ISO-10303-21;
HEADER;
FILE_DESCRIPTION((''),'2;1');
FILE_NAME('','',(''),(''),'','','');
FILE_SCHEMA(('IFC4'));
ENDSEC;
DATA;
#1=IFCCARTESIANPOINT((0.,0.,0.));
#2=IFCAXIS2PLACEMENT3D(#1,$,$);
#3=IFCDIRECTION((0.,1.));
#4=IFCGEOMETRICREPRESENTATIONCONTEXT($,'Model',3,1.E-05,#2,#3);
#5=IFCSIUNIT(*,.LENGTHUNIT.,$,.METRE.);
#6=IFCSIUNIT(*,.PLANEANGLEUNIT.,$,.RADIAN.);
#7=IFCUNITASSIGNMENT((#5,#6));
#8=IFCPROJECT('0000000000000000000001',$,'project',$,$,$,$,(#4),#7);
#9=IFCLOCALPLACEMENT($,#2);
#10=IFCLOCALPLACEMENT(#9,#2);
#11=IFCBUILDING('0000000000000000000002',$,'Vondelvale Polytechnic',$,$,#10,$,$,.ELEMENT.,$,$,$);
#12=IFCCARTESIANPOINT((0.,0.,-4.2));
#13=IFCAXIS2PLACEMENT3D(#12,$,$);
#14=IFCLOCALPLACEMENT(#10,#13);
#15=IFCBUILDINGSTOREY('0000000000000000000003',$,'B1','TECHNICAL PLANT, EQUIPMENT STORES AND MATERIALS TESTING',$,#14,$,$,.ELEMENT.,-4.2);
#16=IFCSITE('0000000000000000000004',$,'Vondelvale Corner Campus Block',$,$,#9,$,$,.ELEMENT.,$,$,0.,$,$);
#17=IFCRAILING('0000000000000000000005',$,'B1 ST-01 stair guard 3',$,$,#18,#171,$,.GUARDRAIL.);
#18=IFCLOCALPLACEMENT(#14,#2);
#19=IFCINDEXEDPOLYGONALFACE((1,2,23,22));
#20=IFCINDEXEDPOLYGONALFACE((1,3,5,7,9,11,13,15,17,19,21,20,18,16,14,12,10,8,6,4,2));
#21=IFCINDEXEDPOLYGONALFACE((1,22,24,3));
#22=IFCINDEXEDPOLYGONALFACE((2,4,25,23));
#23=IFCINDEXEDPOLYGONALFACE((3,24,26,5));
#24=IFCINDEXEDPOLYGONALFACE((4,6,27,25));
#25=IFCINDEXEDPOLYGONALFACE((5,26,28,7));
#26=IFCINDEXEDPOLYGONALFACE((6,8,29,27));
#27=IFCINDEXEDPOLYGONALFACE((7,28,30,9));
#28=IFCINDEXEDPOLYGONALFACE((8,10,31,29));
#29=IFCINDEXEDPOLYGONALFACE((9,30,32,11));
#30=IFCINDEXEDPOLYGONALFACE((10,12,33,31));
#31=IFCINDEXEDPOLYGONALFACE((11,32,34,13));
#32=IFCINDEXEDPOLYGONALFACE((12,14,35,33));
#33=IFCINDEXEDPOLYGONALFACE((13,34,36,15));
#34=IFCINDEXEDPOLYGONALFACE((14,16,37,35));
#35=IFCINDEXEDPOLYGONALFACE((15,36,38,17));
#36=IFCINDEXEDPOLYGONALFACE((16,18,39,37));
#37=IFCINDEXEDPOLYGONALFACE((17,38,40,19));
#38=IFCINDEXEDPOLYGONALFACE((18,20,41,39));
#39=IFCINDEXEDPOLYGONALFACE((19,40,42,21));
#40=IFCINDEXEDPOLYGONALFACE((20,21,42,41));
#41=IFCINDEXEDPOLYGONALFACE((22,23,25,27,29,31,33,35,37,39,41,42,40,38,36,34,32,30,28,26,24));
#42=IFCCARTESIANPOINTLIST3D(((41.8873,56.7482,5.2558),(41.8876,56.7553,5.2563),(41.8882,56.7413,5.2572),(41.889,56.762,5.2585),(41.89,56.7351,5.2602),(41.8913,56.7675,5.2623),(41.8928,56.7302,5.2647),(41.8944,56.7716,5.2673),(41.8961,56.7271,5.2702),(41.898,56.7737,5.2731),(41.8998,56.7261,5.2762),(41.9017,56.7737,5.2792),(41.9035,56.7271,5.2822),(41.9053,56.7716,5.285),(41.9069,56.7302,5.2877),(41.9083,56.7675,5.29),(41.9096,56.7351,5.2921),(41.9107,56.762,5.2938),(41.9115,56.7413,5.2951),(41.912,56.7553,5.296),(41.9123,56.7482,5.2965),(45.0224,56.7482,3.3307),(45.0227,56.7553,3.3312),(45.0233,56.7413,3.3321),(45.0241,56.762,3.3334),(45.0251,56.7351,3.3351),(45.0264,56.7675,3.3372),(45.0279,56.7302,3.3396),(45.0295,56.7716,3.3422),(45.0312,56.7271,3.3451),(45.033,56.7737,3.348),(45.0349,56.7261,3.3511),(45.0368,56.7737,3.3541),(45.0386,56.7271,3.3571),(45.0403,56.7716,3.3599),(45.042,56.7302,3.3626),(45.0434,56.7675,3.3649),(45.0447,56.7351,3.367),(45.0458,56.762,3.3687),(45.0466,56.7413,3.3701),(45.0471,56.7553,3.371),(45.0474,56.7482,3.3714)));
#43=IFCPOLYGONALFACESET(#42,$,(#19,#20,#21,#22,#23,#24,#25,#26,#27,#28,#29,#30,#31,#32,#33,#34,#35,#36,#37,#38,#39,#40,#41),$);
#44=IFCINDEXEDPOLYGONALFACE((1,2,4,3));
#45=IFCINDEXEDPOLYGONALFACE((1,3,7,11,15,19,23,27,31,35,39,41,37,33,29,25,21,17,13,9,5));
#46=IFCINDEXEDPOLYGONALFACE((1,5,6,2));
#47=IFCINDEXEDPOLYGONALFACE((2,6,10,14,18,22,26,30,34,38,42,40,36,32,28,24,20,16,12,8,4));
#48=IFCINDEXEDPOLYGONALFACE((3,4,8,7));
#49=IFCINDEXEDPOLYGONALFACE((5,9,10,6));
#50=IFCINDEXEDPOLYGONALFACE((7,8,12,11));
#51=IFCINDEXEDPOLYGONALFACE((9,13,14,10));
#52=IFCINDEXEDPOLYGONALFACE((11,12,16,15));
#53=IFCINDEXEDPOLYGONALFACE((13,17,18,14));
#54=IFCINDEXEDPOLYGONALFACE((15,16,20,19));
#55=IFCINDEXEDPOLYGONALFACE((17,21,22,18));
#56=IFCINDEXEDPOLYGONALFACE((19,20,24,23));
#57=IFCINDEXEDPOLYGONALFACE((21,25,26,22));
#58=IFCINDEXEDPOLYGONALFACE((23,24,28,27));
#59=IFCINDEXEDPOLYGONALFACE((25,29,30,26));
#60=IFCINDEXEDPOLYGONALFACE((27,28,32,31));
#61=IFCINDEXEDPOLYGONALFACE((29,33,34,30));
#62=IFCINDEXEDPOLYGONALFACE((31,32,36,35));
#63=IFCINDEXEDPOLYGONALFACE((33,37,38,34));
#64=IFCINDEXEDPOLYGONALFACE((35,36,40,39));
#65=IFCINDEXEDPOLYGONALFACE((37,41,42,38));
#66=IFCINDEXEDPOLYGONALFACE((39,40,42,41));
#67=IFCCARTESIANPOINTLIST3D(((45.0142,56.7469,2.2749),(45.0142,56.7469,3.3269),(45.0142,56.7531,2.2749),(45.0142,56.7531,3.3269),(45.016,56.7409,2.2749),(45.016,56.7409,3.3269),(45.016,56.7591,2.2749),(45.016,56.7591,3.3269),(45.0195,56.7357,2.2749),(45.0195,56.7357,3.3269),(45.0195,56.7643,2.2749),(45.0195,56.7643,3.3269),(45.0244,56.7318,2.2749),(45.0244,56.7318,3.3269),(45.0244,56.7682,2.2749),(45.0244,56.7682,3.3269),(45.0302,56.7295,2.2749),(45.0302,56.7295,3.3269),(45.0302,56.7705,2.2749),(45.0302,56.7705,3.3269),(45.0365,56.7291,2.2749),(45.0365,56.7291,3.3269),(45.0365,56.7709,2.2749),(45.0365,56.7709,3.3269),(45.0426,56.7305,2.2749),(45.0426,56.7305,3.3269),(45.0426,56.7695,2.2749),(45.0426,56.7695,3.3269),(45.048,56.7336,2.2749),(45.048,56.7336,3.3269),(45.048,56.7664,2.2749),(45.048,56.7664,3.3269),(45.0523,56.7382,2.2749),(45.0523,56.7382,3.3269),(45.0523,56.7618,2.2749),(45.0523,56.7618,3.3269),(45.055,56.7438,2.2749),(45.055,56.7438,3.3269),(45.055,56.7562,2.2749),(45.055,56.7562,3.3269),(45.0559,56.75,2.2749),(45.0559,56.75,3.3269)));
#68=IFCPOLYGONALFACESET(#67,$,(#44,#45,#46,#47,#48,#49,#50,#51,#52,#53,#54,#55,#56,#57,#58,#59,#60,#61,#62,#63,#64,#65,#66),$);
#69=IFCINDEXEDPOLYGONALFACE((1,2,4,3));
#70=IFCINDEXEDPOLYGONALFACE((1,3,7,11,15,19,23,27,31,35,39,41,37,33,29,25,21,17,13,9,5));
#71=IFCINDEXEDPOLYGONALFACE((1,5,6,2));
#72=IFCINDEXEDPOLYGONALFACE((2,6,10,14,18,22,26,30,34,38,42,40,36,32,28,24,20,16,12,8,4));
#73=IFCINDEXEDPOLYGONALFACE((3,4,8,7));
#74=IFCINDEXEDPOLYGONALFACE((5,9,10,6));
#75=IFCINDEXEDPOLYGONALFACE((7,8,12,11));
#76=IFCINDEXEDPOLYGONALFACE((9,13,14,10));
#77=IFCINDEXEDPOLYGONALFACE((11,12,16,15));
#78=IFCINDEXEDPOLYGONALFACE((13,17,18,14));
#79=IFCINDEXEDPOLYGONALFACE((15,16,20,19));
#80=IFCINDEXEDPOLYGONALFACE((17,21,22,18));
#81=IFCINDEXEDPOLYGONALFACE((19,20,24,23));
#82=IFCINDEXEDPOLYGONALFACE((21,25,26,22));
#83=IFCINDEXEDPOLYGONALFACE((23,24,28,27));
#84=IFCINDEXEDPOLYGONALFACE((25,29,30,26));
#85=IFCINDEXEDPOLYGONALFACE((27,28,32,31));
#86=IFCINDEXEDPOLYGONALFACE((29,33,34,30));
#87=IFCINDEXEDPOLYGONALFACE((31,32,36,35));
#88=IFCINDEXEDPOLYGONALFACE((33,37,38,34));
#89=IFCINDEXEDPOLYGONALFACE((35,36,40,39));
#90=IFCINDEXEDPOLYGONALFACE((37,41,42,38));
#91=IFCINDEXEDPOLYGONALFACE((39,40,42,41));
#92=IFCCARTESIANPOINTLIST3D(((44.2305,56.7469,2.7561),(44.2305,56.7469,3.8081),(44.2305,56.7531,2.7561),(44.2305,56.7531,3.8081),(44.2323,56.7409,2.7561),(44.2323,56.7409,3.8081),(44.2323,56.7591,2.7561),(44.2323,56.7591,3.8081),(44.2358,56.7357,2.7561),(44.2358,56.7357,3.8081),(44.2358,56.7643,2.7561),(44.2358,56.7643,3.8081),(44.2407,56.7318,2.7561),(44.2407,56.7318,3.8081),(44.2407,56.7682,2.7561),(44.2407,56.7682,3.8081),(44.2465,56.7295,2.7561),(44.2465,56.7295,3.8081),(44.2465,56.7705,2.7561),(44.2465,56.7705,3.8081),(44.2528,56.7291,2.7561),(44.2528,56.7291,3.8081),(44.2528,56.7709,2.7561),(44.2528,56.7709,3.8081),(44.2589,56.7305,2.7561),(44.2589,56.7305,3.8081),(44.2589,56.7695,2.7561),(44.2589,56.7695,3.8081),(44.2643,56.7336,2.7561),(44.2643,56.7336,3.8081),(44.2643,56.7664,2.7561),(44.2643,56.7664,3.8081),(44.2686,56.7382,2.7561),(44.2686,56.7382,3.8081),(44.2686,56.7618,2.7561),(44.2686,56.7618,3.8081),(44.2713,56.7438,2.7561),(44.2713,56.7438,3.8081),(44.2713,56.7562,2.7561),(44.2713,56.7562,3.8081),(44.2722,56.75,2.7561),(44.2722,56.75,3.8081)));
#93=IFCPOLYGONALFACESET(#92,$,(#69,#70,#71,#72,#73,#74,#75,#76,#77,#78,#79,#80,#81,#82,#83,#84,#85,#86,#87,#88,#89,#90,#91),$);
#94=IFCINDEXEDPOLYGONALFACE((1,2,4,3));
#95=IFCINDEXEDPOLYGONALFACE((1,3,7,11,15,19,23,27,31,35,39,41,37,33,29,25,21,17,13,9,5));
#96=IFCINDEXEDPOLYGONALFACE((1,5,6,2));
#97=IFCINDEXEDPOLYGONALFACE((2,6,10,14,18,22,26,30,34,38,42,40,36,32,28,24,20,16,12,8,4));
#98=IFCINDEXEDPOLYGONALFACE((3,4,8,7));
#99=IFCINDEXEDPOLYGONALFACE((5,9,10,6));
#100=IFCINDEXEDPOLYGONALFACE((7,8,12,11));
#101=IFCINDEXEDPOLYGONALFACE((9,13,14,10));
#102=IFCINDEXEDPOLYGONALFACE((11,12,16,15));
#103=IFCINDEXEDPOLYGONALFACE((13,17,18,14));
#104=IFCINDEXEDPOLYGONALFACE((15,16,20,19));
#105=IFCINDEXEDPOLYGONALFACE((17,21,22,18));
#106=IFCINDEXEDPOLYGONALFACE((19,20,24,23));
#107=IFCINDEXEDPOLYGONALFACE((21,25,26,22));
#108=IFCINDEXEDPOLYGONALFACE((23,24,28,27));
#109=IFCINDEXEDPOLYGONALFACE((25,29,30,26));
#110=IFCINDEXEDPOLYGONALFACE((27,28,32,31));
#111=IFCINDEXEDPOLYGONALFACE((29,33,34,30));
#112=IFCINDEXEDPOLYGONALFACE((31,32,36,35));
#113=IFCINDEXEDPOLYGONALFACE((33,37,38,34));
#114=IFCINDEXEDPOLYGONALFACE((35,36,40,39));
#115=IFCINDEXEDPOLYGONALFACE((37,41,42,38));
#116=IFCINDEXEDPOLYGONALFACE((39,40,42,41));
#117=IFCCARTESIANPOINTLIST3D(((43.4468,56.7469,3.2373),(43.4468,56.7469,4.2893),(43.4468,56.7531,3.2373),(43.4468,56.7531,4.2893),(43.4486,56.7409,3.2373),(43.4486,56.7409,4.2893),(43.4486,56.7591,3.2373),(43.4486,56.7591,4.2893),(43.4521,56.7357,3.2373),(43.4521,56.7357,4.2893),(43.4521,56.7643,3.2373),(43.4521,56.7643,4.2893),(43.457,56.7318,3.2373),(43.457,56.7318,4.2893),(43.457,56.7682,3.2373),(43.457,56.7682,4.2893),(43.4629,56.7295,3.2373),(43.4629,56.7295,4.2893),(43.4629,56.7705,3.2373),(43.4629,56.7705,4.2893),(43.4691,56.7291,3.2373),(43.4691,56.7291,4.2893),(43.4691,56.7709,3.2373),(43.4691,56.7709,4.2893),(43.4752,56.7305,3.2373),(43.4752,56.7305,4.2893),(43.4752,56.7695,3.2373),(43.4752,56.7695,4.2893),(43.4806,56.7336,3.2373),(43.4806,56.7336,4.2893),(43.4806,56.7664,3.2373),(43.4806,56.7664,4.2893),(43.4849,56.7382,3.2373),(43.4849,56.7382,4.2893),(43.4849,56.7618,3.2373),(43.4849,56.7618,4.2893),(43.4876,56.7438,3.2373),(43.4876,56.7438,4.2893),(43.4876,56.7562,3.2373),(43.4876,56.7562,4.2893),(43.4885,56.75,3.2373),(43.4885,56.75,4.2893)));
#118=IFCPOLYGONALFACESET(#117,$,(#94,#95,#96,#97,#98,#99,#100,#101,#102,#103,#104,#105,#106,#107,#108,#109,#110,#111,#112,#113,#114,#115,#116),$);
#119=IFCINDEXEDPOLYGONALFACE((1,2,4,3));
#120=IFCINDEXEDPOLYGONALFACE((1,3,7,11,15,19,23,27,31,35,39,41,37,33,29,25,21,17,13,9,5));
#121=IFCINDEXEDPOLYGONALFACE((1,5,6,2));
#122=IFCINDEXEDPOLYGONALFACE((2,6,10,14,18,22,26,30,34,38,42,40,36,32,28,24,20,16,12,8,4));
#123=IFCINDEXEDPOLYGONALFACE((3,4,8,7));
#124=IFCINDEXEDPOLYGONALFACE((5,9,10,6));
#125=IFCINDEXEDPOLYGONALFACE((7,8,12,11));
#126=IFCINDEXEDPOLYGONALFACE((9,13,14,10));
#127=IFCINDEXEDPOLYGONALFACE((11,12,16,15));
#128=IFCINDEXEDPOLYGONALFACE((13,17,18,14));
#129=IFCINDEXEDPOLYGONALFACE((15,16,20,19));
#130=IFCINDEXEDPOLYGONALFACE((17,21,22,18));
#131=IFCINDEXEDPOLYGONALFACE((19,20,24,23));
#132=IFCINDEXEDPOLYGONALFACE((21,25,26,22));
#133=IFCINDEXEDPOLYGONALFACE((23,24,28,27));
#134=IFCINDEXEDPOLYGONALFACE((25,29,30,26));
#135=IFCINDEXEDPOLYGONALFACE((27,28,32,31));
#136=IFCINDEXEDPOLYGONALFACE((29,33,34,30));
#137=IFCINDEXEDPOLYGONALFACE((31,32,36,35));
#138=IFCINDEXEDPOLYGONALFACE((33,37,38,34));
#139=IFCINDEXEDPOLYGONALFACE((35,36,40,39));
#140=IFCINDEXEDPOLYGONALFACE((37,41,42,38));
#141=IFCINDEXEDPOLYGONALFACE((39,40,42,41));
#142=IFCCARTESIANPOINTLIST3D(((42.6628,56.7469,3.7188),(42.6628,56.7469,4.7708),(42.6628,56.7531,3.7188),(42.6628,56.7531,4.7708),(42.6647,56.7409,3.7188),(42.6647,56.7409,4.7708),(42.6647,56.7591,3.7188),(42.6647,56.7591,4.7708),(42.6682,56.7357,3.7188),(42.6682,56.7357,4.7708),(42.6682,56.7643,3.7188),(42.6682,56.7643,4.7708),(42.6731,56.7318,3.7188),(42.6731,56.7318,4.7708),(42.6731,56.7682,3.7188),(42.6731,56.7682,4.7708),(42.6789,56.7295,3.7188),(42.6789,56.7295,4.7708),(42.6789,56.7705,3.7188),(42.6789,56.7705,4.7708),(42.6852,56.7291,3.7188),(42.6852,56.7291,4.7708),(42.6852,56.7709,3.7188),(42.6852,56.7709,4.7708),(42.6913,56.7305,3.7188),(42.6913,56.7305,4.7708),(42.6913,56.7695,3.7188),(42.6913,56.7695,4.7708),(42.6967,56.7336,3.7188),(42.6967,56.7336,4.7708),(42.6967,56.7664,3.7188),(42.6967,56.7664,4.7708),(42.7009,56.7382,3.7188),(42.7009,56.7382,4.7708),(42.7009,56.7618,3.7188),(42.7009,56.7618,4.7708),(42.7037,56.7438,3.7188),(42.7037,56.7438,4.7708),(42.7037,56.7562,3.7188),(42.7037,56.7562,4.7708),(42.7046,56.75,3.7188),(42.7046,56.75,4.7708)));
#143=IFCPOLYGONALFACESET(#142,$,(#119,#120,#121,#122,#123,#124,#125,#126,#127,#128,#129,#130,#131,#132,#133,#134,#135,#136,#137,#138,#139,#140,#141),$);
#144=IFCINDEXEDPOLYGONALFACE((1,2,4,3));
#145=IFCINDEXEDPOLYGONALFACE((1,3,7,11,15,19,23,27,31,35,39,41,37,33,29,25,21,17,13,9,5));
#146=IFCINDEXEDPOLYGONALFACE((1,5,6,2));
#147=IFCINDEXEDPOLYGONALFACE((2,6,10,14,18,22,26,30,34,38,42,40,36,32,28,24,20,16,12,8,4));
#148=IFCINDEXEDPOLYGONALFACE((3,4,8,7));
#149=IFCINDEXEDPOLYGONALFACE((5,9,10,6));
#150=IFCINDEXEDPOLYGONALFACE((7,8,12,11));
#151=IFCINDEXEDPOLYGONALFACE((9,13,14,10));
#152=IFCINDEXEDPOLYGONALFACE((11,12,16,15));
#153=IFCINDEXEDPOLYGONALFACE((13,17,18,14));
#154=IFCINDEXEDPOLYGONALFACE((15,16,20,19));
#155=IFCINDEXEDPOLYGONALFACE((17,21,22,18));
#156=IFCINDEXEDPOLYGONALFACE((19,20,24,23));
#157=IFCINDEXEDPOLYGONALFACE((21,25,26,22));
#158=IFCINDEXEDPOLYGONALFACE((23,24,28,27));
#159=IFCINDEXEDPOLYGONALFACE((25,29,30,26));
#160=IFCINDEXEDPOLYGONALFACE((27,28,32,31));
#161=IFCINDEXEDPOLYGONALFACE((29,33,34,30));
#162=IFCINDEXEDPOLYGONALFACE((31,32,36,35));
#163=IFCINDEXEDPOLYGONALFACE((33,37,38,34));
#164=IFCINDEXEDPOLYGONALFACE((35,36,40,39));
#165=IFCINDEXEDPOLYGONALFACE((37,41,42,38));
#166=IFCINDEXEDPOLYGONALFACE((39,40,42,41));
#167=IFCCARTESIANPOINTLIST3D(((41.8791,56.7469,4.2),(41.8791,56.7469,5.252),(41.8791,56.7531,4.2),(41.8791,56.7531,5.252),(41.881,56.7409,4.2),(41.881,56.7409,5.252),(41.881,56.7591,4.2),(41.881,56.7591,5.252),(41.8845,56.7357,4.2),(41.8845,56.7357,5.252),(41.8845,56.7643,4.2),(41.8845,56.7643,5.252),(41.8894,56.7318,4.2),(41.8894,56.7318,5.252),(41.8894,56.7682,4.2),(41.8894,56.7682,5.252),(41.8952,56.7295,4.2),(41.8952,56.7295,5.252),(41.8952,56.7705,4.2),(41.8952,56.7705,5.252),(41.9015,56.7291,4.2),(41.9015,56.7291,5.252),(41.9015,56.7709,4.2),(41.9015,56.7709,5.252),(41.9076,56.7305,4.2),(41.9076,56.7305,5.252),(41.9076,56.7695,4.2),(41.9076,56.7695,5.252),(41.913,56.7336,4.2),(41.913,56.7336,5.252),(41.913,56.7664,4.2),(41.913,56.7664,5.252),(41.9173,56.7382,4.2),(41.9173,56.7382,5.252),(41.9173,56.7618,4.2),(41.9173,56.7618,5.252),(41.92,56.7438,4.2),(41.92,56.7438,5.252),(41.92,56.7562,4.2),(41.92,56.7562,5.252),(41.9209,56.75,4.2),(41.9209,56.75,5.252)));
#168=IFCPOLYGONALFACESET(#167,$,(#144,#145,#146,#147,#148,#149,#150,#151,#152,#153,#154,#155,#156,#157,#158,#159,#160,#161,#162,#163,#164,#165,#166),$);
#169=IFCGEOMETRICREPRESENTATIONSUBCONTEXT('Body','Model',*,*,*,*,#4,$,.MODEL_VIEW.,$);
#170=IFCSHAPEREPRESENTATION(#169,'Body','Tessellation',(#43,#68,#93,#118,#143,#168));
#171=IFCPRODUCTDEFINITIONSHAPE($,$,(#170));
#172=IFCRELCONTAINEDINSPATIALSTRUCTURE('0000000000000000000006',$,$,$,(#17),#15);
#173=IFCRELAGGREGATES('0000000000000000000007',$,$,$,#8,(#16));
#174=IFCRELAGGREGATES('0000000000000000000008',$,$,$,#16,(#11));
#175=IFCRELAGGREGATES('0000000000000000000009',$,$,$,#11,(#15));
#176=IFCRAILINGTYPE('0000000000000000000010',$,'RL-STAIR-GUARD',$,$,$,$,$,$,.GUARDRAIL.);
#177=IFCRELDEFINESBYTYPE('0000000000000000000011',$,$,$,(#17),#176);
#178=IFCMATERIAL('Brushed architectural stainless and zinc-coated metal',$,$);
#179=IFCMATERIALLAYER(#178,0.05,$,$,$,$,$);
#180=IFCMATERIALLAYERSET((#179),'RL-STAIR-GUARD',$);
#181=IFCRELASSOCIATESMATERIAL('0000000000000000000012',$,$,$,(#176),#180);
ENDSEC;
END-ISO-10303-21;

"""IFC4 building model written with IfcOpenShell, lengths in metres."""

from ifc_helpers import new_model, si_unit, direction, frame, origin, origin_2d, place, context, subcontext, project, spatial, circle, extrude, material, layer, layer_set, type_object, element, save


model = new_model("IFC4")

# Units and contexts
model_context = context("Model", 3, precision=1e-05, world=origin(), true_north=direction((0.0, 1.0)))
body_context = subcontext(model_context, "Body", "Model", "MODEL_VIEW")
ifc_project = project(units=[si_unit("LENGTHUNIT", "METRE"), si_unit("PLANEANGLEUNIT", "RADIAN")], contexts=[model_context])

# Site, building, storey
site_placement = place(None, origin())
site = spatial("IfcSite", under=ifc_project, at=site_placement, Name="Vondelvale Corner Campus Block", CompositionType="ELEMENT", RefElevation=0.0)
building_placement = place(site_placement, origin())
building = spatial("IfcBuilding", under=site, at=building_placement, Name="Vondelvale Polytechnic", CompositionType="ELEMENT")
storey_placement = place(building_placement, frame((0.0, 0.0, -4.2)))
storey = spatial("IfcBuildingStorey", under=building, at=storey_placement, Name="B1", Description="TECHNICAL PLANT, EQUIPMENT STORES AND MATERIALS TESTING", CompositionType="ELEMENT", Elevation=-4.2)

# Shared definitions
ifc_material_1 = material(Name="Brushed architectural stainless and zinc-coated metal")

# Railing
ifc_layer_1 = layer(ifc_material_1, 0.05)
ifc_layer_set_1 = layer_set([ifc_layer_1], Name="RL-STAIR-GUARD")
railing_type_1 = type_object("IfcRailingType", Name="RL-STAIR-GUARD", PredefinedType="GUARDRAIL", material=ifc_layer_set_1)
railing_1_placement = place(storey_placement, frame((45.0349, 56.75, 2.2749)))
element("IfcRailing", 1, at=railing_1_placement, inside=storey, type_object=railing_type_1, Name="B1 ST-01 stair guard 3", PredefinedType="GUARDRAIL", context=body_context, shape_type="SweptSolid", body=[
    extrude(circle(Radius=0.0239, at=origin_2d()), frame((0.0, 0.0, 1.0762), z_axis=(-0.852166, 0.0, 0.523271), x_axis=(0.0, -1.0, 0.0)), (0.0, 0.0, 1.0), 3.679),
    extrude(circle(Radius=0.021, at=origin_2d()), origin(), (0.0, 0.0, 1.0), 1.052),
    extrude(circle(Radius=0.021, at=origin_2d()), frame((-0.7837, 0.0, 0.4812)), (0.0, 0.0, 1.0), 1.052),
    extrude(circle(Radius=0.021, at=origin_2d()), frame((-1.5674, 0.0, 0.9624)), (0.0, 0.0, 1.0), 1.052),
    extrude(circle(Radius=0.021, at=origin_2d()), frame((-2.3513, 0.0, 1.4438)), (0.0, 0.0, 1.0), 1.052),
    extrude(circle(Radius=0.021, at=origin_2d()), frame((-3.135, 0.0, 1.925)), (0.0, 0.0, 1.0), 1.052),
])

save(model, "model.ifc")
